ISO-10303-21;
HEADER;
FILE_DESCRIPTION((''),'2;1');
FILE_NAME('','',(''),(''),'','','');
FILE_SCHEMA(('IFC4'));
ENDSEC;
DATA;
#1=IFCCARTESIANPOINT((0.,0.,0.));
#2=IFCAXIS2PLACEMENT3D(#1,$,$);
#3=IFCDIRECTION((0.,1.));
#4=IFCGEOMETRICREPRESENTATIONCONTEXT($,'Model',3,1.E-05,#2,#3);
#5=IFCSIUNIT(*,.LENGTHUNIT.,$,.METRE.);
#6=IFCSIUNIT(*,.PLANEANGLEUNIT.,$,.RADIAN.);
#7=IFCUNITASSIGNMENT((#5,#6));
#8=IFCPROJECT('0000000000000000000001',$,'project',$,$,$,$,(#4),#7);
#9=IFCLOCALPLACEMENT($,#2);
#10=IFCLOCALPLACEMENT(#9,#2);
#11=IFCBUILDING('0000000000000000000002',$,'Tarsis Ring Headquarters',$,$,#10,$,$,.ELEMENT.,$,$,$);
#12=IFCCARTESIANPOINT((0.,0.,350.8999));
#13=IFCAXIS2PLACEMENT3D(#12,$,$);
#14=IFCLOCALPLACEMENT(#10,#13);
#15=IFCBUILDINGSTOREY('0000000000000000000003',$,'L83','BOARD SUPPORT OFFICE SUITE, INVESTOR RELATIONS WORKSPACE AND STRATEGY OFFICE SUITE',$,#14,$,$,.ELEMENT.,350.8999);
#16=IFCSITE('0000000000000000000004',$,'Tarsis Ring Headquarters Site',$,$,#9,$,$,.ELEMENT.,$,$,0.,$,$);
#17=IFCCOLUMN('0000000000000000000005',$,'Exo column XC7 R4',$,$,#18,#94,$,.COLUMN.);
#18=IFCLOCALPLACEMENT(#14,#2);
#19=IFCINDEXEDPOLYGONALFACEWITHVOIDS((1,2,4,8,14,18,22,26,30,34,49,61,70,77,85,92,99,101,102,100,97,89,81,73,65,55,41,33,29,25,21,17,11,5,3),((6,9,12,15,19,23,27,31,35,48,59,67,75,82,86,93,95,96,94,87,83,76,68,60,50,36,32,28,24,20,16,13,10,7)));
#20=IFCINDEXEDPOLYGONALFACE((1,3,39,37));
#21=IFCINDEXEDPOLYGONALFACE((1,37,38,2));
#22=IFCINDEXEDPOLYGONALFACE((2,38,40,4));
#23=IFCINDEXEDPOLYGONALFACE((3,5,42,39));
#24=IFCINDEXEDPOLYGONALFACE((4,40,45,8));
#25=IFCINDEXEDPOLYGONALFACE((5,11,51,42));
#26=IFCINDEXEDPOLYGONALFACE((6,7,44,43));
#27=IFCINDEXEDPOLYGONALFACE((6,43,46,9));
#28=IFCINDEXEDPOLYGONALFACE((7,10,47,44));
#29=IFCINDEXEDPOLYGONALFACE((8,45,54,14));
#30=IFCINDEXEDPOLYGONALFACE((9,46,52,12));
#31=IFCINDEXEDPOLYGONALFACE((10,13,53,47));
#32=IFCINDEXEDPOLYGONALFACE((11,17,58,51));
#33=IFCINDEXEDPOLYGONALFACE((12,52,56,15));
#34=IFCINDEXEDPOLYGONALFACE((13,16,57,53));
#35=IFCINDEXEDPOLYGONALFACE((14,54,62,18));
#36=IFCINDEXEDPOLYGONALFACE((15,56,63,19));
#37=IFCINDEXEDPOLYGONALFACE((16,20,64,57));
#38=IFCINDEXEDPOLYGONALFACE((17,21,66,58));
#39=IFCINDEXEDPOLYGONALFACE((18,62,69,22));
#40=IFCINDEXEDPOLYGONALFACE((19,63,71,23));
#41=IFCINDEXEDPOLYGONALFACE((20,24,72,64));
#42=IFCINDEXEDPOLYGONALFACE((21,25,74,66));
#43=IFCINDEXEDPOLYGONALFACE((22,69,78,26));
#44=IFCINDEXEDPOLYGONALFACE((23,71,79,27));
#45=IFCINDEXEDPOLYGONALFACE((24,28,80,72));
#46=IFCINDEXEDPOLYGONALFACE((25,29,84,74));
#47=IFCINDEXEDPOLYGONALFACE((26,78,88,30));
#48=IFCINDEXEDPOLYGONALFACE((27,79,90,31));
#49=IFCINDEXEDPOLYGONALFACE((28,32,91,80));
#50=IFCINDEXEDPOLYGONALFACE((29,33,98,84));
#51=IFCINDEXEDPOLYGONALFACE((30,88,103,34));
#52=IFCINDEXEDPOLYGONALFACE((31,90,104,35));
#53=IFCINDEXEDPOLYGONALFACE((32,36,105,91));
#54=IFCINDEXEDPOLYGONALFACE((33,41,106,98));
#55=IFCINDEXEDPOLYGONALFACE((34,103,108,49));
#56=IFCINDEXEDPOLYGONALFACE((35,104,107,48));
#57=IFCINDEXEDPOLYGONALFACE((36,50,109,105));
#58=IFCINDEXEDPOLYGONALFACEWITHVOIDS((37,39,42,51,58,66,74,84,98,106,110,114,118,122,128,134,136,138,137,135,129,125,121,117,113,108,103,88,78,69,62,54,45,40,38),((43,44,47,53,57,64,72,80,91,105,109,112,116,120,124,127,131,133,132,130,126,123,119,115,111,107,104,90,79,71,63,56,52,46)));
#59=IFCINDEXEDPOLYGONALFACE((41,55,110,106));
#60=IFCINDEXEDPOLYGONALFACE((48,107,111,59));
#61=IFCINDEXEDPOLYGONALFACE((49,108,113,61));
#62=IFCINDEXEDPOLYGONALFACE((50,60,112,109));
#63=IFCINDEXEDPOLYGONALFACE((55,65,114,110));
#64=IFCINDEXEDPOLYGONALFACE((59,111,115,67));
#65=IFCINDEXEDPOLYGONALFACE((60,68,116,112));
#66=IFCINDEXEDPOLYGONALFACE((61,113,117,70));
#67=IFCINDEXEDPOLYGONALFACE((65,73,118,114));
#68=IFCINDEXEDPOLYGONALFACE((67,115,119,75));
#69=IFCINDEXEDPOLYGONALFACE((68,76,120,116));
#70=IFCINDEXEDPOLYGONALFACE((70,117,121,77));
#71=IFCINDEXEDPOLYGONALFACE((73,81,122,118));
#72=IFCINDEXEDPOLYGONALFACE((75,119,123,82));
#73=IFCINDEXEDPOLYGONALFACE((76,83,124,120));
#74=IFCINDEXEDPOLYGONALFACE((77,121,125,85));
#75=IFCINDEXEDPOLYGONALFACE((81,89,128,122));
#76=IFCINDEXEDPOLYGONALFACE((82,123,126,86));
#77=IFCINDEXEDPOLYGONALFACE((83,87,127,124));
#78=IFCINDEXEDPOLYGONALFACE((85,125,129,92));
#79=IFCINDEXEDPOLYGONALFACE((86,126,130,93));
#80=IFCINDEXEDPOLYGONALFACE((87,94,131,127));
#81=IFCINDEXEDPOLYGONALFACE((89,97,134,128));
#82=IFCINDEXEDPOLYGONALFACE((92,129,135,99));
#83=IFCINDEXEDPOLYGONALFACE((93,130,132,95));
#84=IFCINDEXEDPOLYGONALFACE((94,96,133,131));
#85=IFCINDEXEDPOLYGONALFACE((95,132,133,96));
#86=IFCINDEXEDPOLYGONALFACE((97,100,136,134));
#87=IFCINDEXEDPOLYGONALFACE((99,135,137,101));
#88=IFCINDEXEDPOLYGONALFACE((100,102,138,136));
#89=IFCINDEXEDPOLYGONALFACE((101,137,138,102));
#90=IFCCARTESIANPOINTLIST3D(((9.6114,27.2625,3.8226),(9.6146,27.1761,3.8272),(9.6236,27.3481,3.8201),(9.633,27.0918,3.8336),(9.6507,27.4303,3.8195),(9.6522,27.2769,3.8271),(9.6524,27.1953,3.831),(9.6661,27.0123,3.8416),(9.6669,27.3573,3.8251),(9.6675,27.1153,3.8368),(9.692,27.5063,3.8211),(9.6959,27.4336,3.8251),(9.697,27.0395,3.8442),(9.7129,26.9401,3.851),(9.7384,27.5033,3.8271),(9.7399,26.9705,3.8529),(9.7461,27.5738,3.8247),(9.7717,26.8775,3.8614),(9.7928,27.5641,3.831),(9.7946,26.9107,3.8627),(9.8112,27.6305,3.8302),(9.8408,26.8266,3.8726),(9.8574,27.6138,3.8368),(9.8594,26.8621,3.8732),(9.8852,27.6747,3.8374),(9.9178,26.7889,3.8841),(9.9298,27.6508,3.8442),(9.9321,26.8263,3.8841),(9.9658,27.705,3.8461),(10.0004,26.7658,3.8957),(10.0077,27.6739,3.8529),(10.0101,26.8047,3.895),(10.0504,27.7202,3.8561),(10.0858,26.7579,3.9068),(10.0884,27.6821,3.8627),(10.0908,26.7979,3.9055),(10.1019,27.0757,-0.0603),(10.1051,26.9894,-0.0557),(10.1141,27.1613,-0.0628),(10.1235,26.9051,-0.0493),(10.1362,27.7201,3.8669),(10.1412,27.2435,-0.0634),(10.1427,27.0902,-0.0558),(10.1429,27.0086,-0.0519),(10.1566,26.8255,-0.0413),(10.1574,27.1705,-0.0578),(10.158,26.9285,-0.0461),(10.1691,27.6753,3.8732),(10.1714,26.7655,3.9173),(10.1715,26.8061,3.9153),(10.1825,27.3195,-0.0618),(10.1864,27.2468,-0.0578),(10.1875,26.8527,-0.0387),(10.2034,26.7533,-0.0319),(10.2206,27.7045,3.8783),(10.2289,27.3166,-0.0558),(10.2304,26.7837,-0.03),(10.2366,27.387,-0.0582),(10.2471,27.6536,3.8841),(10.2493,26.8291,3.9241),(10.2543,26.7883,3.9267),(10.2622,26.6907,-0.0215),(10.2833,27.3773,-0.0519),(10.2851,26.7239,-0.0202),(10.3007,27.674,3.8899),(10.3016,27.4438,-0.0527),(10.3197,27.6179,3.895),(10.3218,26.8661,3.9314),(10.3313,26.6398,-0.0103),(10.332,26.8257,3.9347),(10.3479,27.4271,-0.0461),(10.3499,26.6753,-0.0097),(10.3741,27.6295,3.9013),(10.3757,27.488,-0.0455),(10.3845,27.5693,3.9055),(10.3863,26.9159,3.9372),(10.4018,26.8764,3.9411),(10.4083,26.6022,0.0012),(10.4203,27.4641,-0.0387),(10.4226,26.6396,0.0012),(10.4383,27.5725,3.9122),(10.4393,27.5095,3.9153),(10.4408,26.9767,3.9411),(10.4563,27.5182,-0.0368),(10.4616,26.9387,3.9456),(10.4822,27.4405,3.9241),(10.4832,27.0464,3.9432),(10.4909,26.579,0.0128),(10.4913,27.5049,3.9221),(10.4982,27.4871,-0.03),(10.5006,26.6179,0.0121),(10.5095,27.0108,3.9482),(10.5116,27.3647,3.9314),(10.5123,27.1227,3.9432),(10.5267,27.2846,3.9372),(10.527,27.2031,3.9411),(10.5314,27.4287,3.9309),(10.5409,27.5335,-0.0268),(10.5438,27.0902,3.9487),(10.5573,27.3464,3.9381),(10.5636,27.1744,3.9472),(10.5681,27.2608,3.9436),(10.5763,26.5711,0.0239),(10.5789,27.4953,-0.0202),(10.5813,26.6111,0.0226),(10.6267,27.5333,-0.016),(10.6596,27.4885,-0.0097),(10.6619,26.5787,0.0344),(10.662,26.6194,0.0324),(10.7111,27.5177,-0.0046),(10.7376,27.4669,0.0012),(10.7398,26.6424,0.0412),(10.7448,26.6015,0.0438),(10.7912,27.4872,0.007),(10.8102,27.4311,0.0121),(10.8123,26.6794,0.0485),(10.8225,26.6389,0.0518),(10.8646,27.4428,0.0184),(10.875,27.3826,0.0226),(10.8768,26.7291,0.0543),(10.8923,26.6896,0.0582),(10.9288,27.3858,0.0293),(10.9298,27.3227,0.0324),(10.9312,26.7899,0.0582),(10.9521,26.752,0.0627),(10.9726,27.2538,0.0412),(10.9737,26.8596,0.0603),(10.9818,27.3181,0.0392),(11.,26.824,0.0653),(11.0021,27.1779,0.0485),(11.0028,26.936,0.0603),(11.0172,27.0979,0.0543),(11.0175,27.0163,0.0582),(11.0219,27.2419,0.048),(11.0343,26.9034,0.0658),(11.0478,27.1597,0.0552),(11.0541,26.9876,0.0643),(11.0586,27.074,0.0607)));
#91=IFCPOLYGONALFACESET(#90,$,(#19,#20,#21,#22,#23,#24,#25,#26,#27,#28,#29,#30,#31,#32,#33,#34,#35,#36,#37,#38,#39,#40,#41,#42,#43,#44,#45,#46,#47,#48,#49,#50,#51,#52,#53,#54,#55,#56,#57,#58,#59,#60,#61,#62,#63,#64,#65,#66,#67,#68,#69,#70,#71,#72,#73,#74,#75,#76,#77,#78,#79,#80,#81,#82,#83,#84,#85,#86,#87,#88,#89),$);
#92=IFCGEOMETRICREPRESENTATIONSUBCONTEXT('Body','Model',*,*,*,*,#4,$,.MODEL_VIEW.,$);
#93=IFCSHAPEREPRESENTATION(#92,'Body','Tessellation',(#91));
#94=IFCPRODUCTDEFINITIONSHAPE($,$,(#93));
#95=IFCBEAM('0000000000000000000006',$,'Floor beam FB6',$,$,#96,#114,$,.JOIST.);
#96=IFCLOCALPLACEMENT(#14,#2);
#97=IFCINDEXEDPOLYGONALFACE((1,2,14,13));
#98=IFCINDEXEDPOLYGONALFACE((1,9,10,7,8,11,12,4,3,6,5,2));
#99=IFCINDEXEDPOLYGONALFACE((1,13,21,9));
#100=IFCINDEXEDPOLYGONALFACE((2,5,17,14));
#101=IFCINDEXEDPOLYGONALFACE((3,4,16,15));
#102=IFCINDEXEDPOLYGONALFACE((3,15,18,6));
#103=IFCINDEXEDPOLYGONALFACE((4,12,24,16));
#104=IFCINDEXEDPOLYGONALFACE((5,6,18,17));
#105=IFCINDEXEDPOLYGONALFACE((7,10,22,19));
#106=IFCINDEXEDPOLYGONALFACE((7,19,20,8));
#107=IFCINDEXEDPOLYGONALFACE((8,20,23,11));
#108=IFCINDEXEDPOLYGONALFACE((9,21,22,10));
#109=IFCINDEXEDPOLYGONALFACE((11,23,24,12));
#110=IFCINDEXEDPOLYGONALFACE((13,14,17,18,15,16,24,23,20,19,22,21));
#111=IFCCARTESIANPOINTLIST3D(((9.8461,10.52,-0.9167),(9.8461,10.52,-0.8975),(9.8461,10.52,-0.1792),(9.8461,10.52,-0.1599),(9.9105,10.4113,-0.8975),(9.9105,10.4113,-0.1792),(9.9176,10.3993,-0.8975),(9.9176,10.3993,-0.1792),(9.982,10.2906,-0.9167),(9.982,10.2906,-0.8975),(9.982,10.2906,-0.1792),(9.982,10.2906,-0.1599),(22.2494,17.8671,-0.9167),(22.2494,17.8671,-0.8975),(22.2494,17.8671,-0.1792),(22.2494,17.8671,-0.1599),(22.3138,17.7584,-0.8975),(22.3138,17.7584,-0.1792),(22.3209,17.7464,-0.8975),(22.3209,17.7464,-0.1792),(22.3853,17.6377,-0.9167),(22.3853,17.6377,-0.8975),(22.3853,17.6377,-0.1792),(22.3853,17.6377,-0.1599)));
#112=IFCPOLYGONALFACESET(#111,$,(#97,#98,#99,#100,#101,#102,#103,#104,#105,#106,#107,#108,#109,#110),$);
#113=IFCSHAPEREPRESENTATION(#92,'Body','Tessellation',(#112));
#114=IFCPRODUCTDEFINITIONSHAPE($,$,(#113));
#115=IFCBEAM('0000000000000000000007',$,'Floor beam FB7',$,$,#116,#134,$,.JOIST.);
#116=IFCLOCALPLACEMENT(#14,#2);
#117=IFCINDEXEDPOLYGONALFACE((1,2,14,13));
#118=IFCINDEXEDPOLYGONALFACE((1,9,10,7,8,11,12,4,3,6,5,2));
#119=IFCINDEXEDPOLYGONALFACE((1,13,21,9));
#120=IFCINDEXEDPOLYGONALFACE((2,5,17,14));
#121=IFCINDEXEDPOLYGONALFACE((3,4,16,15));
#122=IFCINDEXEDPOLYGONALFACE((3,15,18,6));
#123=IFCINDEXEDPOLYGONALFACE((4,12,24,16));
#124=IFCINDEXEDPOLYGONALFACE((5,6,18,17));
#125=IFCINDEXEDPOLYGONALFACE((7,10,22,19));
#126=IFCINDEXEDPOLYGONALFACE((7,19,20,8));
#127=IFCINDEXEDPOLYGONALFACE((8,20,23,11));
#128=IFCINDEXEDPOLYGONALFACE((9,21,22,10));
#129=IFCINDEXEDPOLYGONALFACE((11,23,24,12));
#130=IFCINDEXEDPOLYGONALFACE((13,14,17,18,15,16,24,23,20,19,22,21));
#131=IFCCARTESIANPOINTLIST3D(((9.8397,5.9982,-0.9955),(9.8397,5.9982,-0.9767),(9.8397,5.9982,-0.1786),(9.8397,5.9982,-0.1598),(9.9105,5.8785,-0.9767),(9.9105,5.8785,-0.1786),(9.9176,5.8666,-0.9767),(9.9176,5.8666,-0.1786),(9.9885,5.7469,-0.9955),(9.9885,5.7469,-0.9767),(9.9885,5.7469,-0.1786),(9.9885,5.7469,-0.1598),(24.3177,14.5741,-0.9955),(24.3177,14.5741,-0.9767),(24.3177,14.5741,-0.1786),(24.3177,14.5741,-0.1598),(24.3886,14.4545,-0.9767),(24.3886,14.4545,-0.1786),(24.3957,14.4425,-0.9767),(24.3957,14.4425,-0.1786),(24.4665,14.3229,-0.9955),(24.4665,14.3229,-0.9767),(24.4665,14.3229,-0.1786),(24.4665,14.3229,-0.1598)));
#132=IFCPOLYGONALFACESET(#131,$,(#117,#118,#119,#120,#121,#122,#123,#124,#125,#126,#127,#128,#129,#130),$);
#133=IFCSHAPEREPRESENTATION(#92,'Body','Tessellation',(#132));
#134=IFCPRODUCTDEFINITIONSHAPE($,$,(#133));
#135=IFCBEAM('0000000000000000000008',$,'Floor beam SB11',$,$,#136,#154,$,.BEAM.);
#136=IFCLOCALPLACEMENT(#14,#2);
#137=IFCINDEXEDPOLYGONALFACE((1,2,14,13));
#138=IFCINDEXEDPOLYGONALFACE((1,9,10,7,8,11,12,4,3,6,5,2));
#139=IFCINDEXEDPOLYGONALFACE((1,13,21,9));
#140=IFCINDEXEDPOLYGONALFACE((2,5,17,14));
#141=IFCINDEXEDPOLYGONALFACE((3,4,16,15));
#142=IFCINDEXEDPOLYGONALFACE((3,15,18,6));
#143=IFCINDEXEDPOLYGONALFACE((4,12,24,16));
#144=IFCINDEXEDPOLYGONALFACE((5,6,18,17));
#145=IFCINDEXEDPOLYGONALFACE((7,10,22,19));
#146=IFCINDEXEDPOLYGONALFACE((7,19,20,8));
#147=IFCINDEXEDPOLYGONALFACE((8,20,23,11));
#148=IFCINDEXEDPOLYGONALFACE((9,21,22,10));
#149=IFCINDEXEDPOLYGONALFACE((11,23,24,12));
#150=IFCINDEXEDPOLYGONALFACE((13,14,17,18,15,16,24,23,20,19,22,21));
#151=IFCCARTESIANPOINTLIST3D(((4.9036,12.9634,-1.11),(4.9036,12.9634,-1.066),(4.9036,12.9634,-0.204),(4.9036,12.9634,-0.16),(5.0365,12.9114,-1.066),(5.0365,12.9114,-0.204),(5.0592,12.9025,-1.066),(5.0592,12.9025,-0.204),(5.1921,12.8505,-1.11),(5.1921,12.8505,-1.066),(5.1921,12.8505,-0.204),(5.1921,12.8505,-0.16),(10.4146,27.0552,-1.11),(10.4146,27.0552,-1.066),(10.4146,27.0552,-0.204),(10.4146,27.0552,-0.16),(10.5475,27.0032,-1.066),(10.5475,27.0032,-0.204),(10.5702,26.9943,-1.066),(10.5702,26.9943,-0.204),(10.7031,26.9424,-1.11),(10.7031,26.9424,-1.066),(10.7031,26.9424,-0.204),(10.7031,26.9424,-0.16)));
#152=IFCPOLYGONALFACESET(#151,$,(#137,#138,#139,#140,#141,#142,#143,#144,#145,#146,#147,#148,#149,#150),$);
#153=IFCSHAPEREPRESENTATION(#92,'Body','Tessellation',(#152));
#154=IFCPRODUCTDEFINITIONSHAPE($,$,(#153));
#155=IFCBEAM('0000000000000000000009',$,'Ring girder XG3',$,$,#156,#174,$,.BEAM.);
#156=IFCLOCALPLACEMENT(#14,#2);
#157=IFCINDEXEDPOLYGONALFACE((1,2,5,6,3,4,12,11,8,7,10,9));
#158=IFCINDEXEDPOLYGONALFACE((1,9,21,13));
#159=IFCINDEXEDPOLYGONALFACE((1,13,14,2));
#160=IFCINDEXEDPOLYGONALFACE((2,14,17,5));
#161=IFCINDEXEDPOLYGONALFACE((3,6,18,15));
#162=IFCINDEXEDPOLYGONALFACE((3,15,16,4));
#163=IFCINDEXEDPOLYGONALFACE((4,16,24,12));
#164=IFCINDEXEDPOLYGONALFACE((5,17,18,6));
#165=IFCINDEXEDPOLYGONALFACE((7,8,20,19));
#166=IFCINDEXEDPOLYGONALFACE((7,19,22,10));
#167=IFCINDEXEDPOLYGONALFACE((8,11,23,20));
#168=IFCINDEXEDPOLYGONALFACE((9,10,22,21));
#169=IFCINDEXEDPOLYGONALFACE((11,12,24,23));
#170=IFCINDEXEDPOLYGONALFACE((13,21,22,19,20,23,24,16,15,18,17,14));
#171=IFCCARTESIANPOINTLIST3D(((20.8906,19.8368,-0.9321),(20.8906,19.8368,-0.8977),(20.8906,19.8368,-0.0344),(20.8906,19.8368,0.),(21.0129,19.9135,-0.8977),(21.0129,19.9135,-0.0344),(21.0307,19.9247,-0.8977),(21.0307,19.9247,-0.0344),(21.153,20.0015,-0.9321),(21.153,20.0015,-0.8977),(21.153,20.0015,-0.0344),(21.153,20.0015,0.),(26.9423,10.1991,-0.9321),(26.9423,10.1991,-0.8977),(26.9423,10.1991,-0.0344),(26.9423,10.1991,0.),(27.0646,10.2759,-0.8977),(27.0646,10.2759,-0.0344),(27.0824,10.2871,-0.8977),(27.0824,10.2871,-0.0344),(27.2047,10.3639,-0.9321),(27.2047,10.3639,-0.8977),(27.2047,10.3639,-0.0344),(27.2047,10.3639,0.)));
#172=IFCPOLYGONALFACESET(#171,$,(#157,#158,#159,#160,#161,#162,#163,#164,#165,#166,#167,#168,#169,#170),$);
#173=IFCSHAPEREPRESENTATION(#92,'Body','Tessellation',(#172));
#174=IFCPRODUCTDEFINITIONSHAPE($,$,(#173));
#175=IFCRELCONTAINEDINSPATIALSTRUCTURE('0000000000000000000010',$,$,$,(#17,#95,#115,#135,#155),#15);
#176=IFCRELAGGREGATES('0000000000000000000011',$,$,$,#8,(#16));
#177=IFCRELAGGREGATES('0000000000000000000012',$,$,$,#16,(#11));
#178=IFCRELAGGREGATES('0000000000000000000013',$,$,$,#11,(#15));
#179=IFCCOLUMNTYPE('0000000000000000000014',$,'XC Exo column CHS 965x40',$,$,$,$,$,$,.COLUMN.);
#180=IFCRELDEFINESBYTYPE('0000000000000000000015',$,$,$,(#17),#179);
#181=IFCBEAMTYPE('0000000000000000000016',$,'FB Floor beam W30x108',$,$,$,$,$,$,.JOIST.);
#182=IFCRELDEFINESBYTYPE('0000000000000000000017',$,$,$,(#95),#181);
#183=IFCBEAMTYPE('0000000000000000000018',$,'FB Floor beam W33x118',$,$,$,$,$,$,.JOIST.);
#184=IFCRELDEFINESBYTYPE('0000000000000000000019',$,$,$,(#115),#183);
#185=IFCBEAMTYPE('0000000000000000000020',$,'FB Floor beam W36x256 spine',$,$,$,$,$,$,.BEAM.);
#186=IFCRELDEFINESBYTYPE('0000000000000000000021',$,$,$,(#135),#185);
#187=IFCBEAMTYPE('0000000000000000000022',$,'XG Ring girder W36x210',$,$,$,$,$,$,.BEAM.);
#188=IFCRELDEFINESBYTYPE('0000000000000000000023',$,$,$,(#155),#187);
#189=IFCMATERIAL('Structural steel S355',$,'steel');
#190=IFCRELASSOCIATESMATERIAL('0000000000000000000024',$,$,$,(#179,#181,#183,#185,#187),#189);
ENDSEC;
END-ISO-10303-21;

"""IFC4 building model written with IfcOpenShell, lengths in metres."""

from ifc_helpers import new_model, si_unit, direction, frame, origin, origin_2d, place, context, subcontext, project, spatial, hollow_circle, i_section, extrude, material, material_profile, profile_set, type_object, element, save


model = new_model("IFC4")

# Units and contexts
model_context = context("Model", 3, precision=1e-05, world=origin(), true_north=direction((0.0, 1.0)))
body_context = subcontext(model_context, "Body", "Model", "MODEL_VIEW")
ifc_project = project(units=[si_unit("LENGTHUNIT", "METRE"), si_unit("PLANEANGLEUNIT", "RADIAN")], contexts=[model_context])

# Site, building, storey
site_placement = place(None, origin())
site = spatial("IfcSite", under=ifc_project, at=site_placement, Name="Tarsis Ring Headquarters Site", CompositionType="ELEMENT", RefElevation=0.0)
building_placement = place(site_placement, origin())
building = spatial("IfcBuilding", under=site, at=building_placement, Name="Tarsis Ring Headquarters", CompositionType="ELEMENT")
storey_placement = place(building_placement, frame((0.0, 0.0, 350.8999)))
storey = spatial("IfcBuildingStorey", under=building, at=storey_placement, Name="L83", Description="BOARD SUPPORT OFFICE SUITE, INVESTOR RELATIONS WORKSPACE AND STRATEGY OFFICE SUITE", CompositionType="ELEMENT", Elevation=350.8999)

# Column
ifc_material_1 = material(Name="Structural steel S355", Category="steel")
ifc_material_profile_1 = material_profile(ifc_material_1, hollow_circle(Radius=0.4827, WallThickness=0.04, at=origin_2d()), Name="CHS 965x40")
ifc_profile_set_1 = profile_set([ifc_material_profile_1], Name="Structural steel S355")
column_type = type_object("IfcColumnType", Name="XC Exo column CHS 965x40", PredefinedType="COLUMN", material=ifc_profile_set_1)
for number, where, z_axis, x_axis, name in (
    (1, (10.5801, 27.0532, 0.0012), (-0.125182, 0.047668, 0.990988), (-0.35586, -0.934539, 0.0), "Exo column XC7 R4"),
):
    element("IfcColumn", number, at=place(storey_placement, frame(where, z_axis=z_axis, x_axis=x_axis)), inside=storey, type_object=column_type, Name=name, PredefinedType="COLUMN", context=body_context, shape_type="SweptSolid", body=[
        extrude(hollow_circle(Radius=0.4827, WallThickness=0.04, at=origin_2d()), origin(), (0.0, 0.0, 1.0), 3.9182),
    ])

# Beams
ifc_material_profile_2 = material_profile(ifc_material_1, i_section(OverallWidth=0.2666, OverallDepth=0.7568, WebThickness=0.0139, FlangeThickness=0.0193, at=origin_2d()), Name="W30x108")
ifc_profile_set_2 = profile_set([ifc_material_profile_2], Name="Structural steel S355")
beam_type_1 = type_object("IfcBeamType", Name="FB Floor beam W30x108", PredefinedType="JOIST", material=ifc_profile_set_2)
beam_1_placement = place(storey_placement, frame((9.9141, 10.4053, -0.5383), z_axis=(0.860381, 0.509651, 0.0), x_axis=(-0.509651, 0.860381, 0.0)))
element("IfcBeam", 2, at=beam_1_placement, inside=storey, type_object=beam_type_1, Name="Floor beam FB6", PredefinedType="JOIST", context=body_context, shape_type="SweptSolid", body=[
    extrude(i_section(OverallWidth=0.2666, OverallDepth=0.7568, WebThickness=0.0139, FlangeThickness=0.0193, at=origin_2d()), origin(), (0.0, 0.0, 1.0), 14.416),
])
ifc_material_profile_3 = material_profile(ifc_material_1, i_section(OverallWidth=0.292, OverallDepth=0.8357, WebThickness=0.0139, FlangeThickness=0.0188, at=origin_2d()), Name="W33x118")
ifc_profile_set_3 = profile_set([ifc_material_profile_3], Name="Structural steel S355")
beam_type_2 = type_object("IfcBeamType", Name="FB Floor beam W33x118", PredefinedType="JOIST", material=ifc_profile_set_3)
beam_2_placement = place(storey_placement, frame((9.9141, 5.8726, -0.5776), z_axis=(0.860386, 0.509642, 0.0), x_axis=(-0.509642, 0.860386, 0.0)))
element("IfcBeam", 3, at=beam_2_placement, inside=storey, type_object=beam_type_2, Name="Floor beam FB7", PredefinedType="JOIST", context=body_context, shape_type="SweptSolid", body=[
    extrude(i_section(OverallWidth=0.292, OverallDepth=0.8357, WebThickness=0.0139, FlangeThickness=0.0188, at=origin_2d()), origin(), (0.0, 0.0, 1.0), 16.8274),
])
ifc_material_profile_4 = material_profile(ifc_material_1, i_section(OverallWidth=0.3098, OverallDepth=0.95, WebThickness=0.0244, FlangeThickness=0.0439, at=origin_2d()), Name="W36x256")
ifc_profile_set_4 = profile_set([ifc_material_profile_4], Name="Structural steel S355")
beam_type_3 = type_object("IfcBeamType", Name="FB Floor beam W36x256 spine", PredefinedType="BEAM", material=ifc_profile_set_4)
beam_3_placement = place(storey_placement, frame((10.5588, 26.9988, -0.635), z_axis=(-0.364216, -0.931314, 0.0), x_axis=(0.931314, -0.364216, 0.0)))
element("IfcBeam", 4, at=beam_3_placement, inside=storey, type_object=beam_type_3, Name="Floor beam SB11", PredefinedType="BEAM", context=body_context, shape_type="SweptSolid", body=[
    extrude(i_section(OverallWidth=0.3098, OverallDepth=0.95, WebThickness=0.0244, FlangeThickness=0.0439, at=origin_2d()), origin(), (0.0, 0.0, 1.0), 15.1311),
])
ifc_material_profile_5 = material_profile(ifc_material_1, i_section(OverallWidth=0.3098, OverallDepth=0.9321, WebThickness=0.021, FlangeThickness=0.0344, at=origin_2d()), Name="W36x210")
ifc_profile_set_5 = profile_set([ifc_material_profile_5], Name="Structural steel S355")
beam_type_4 = type_object("IfcBeamType", Name="XG Ring girder W36x210", PredefinedType="BEAM", material=ifc_profile_set_5)
for number, where, z_axis, x_axis, name in (
    (5, (27.0735, 10.2815, -0.4661), (-0.53178, 0.846883, 0.0), (-0.846883, -0.53178, 0.0), "Ring girder XG3"),
):
    element("IfcBeam", number, at=place(storey_placement, frame(where, z_axis=z_axis, x_axis=x_axis)), inside=storey, type_object=beam_type_4, Name=name, PredefinedType="BEAM", context=body_context, shape_type="SweptSolid", body=[
        extrude(i_section(OverallWidth=0.3098, OverallDepth=0.9321, WebThickness=0.021, FlangeThickness=0.0344, at=origin_2d()), origin(), (0.0, 0.0, 1.0), 11.3801),
    ])

save(model, "model.ifc")
